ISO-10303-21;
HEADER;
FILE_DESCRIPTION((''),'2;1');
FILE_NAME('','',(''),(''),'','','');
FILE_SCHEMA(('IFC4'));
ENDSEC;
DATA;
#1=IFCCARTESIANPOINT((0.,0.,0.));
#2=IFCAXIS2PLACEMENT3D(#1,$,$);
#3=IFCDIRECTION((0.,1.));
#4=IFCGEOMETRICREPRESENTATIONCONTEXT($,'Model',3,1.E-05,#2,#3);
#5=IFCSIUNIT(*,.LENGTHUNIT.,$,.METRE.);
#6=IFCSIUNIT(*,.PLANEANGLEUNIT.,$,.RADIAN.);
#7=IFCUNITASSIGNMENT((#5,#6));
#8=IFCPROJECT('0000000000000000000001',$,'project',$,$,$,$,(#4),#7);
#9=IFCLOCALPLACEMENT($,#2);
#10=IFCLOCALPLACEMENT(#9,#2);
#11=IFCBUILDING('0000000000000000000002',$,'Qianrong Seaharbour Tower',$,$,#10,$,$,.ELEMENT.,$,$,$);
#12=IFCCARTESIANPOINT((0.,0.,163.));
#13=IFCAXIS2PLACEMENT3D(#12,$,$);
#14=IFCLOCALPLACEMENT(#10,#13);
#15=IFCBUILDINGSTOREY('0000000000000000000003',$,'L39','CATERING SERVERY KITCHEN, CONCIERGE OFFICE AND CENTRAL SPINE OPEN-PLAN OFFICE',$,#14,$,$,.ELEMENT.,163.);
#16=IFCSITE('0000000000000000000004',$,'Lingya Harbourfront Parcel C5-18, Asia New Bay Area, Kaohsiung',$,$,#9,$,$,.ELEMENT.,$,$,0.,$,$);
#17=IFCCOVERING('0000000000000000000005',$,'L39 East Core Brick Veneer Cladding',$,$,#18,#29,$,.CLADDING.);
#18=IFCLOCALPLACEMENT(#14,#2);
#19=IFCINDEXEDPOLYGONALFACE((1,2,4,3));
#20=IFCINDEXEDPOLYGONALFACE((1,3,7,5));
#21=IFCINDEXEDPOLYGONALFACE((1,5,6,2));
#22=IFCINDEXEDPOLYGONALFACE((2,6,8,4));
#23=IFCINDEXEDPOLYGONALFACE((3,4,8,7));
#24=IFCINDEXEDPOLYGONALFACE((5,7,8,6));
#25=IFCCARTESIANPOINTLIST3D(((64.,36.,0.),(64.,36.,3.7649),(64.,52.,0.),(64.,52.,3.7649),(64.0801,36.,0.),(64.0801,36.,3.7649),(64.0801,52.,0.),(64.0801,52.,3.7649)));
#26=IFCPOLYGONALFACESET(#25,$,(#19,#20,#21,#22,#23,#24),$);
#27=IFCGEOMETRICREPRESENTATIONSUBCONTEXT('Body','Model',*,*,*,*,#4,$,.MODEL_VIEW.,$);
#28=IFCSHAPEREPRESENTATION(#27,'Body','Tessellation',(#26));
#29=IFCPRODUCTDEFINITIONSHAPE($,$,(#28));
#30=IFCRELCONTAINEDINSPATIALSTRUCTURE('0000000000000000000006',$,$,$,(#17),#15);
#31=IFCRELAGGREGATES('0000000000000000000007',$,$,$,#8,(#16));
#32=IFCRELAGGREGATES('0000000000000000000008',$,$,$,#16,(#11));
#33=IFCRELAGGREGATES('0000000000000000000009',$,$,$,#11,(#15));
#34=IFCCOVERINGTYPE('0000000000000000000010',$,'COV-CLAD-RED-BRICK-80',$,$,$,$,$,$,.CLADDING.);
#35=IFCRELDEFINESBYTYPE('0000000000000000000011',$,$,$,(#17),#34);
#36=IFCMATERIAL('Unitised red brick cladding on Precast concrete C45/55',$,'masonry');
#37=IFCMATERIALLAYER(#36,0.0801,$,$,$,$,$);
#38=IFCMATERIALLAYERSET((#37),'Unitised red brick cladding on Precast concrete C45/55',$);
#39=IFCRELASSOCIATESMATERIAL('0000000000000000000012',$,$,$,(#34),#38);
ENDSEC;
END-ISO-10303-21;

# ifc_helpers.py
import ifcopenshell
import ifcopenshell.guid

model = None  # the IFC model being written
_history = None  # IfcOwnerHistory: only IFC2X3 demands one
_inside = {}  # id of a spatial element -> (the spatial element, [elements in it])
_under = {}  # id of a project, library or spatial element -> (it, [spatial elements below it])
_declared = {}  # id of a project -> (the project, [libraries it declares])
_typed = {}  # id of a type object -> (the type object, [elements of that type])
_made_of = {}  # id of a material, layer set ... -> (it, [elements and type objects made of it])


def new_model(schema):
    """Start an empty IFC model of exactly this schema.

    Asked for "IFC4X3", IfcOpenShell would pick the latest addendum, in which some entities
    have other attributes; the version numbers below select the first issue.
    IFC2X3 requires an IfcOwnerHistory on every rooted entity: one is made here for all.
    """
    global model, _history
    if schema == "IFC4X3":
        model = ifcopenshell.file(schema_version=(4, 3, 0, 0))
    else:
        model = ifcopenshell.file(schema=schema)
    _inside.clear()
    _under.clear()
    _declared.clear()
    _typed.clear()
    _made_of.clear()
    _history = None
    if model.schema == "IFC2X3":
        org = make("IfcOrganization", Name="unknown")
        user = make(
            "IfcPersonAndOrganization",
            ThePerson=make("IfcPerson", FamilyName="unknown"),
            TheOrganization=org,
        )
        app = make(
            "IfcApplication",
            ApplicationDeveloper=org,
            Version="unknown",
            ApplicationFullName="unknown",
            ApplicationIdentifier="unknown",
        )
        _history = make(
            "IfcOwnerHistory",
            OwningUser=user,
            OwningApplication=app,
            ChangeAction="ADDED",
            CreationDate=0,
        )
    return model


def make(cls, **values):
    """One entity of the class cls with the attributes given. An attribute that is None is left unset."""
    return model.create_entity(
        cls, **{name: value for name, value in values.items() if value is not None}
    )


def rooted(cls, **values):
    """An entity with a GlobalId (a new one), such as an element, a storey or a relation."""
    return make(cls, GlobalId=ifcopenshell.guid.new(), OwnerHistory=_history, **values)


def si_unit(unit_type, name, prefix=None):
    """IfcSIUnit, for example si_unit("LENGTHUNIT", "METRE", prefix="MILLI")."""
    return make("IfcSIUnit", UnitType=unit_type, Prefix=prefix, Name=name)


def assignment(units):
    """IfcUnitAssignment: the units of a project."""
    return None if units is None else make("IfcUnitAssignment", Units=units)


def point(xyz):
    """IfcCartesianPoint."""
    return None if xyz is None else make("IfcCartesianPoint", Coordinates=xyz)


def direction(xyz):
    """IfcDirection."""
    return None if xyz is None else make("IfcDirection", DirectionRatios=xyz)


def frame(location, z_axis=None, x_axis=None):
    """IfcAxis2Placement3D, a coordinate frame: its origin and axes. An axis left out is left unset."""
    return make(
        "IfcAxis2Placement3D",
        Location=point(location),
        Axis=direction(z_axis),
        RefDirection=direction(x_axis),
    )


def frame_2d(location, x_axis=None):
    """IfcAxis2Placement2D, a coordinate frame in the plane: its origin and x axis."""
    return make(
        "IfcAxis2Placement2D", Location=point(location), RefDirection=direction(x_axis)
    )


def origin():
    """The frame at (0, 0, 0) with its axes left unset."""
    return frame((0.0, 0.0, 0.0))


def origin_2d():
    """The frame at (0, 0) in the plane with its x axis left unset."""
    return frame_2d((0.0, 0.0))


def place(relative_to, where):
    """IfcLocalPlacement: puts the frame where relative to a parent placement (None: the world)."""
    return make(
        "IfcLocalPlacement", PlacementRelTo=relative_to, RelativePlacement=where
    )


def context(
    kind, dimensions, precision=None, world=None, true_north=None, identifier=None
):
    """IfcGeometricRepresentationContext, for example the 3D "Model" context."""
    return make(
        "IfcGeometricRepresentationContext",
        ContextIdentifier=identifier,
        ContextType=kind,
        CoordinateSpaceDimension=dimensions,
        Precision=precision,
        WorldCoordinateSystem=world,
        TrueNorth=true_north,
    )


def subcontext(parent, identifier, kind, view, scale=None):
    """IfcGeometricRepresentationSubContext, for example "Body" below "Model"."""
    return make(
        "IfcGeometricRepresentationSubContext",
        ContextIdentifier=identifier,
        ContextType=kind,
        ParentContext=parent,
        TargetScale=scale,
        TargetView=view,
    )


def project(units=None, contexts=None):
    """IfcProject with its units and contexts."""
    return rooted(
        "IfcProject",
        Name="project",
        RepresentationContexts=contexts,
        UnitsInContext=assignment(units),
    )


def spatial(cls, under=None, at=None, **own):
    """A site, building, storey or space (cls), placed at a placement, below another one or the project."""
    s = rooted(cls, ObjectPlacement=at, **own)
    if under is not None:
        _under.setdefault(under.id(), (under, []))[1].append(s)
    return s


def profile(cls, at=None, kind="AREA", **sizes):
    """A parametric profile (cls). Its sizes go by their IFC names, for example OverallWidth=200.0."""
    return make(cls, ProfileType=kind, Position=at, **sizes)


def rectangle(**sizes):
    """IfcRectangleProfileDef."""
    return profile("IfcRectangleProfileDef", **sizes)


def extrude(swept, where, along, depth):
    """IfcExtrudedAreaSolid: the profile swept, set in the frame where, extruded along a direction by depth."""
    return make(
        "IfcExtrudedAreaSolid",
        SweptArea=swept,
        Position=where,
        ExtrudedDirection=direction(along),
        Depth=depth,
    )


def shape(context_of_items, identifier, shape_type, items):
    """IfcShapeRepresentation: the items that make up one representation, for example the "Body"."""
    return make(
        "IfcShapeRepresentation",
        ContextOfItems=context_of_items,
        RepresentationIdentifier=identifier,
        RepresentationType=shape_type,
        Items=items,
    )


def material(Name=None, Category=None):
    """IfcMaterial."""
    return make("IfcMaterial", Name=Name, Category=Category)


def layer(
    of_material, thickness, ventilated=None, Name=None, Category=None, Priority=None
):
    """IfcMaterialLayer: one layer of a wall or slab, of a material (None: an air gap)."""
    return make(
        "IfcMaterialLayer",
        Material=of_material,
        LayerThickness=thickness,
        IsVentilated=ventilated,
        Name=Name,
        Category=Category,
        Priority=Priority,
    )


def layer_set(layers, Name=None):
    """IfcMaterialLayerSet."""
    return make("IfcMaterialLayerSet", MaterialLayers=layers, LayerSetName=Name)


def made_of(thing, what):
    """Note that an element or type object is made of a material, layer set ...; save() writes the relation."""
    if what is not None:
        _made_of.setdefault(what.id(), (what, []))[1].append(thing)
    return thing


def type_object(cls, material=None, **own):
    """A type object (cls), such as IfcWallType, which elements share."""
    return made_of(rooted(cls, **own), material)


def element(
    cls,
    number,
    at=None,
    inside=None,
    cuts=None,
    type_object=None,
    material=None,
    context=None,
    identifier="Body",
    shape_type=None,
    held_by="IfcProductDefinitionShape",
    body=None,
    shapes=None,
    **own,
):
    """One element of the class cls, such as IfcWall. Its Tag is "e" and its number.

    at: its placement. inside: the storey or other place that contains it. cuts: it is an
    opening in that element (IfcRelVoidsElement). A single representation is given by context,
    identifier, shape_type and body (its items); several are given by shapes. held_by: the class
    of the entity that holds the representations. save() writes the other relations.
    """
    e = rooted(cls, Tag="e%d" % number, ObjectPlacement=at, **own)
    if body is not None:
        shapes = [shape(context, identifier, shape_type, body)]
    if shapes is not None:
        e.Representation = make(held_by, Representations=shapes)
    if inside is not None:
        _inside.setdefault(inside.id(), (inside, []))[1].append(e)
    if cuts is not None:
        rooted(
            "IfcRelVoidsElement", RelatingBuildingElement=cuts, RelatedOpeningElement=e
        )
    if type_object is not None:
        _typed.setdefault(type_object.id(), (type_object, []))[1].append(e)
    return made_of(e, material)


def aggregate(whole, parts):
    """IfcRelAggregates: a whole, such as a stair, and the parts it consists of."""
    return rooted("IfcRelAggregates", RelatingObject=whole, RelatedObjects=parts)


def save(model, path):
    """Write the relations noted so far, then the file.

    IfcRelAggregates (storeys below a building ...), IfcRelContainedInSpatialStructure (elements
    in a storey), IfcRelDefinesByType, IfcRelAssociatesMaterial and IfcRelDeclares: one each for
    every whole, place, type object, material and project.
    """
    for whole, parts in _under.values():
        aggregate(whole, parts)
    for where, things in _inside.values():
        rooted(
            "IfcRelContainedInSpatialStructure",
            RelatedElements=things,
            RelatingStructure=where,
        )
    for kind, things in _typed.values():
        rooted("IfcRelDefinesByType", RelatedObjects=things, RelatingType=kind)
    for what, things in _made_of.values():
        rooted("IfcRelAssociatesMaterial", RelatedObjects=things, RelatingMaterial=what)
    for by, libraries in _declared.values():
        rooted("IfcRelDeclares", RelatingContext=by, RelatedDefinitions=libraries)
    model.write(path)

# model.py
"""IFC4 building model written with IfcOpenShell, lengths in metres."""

from ifc_helpers import new_model, si_unit, direction, frame, origin, origin_2d, place, context, subcontext, project, spatial, rectangle, extrude, material, layer, layer_set, type_object, element, save


model = new_model("IFC4")

# Units and contexts
model_context = context("Model", 3, precision=1e-05, world=origin(), true_north=direction((0.0, 1.0)))
body_context = subcontext(model_context, "Body", "Model", "MODEL_VIEW")
ifc_project = project(units=[si_unit("LENGTHUNIT", "METRE"), si_unit("PLANEANGLEUNIT", "RADIAN")], contexts=[model_context])

# Site, building, storey
site_placement = place(None, origin())
site = spatial("IfcSite", under=ifc_project, at=site_placement, Name="Lingya Harbourfront Parcel C5-18, Asia New Bay Area, Kaohsiung", CompositionType="ELEMENT", RefElevation=0.0)
building_placement = place(site_placement, origin())
building = spatial("IfcBuilding", under=site, at=building_placement, Name="Qianrong Seaharbour Tower", CompositionType="ELEMENT")
storey_placement = place(building_placement, frame((0.0, 0.0, 163.0)))
storey = spatial("IfcBuildingStorey", under=building, at=storey_placement, Name="L39", Description="CATERING SERVERY KITCHEN, CONCIERGE OFFICE AND CENTRAL SPINE OPEN-PLAN OFFICE", CompositionType="ELEMENT", Elevation=163.0)

# Covering
ifc_material_1 = material(Name="Unitised red brick cladding on Precast concrete C45/55", Category="masonry")
ifc_layer_1 = layer(ifc_material_1, 0.0801)
ifc_layer_set_1 = layer_set([ifc_layer_1], Name="Unitised red brick cladding on Precast concrete C45/55")
covering_type = type_object("IfcCoveringType", Name="COV-CLAD-RED-BRICK-80", PredefinedType="CLADDING", material=ifc_layer_set_1)
covering_placement = place(storey_placement, frame((64.04, 44.0, 0.0), z_axis=(0.0, 0.0, 1.0), x_axis=(1.0, 0.0, 0.0)))
element("IfcCovering", 1, at=covering_placement, inside=storey, type_object=covering_type, Name="L39 East Core Brick Veneer Cladding", PredefinedType="CLADDING", context=body_context, shape_type="SweptSolid", body=[
    extrude(rectangle(XDim=0.0801, YDim=16.0, at=origin_2d()), origin(), (0.0, 0.0, 1.0), 3.7649),
])

save(model, "model.ifc")
